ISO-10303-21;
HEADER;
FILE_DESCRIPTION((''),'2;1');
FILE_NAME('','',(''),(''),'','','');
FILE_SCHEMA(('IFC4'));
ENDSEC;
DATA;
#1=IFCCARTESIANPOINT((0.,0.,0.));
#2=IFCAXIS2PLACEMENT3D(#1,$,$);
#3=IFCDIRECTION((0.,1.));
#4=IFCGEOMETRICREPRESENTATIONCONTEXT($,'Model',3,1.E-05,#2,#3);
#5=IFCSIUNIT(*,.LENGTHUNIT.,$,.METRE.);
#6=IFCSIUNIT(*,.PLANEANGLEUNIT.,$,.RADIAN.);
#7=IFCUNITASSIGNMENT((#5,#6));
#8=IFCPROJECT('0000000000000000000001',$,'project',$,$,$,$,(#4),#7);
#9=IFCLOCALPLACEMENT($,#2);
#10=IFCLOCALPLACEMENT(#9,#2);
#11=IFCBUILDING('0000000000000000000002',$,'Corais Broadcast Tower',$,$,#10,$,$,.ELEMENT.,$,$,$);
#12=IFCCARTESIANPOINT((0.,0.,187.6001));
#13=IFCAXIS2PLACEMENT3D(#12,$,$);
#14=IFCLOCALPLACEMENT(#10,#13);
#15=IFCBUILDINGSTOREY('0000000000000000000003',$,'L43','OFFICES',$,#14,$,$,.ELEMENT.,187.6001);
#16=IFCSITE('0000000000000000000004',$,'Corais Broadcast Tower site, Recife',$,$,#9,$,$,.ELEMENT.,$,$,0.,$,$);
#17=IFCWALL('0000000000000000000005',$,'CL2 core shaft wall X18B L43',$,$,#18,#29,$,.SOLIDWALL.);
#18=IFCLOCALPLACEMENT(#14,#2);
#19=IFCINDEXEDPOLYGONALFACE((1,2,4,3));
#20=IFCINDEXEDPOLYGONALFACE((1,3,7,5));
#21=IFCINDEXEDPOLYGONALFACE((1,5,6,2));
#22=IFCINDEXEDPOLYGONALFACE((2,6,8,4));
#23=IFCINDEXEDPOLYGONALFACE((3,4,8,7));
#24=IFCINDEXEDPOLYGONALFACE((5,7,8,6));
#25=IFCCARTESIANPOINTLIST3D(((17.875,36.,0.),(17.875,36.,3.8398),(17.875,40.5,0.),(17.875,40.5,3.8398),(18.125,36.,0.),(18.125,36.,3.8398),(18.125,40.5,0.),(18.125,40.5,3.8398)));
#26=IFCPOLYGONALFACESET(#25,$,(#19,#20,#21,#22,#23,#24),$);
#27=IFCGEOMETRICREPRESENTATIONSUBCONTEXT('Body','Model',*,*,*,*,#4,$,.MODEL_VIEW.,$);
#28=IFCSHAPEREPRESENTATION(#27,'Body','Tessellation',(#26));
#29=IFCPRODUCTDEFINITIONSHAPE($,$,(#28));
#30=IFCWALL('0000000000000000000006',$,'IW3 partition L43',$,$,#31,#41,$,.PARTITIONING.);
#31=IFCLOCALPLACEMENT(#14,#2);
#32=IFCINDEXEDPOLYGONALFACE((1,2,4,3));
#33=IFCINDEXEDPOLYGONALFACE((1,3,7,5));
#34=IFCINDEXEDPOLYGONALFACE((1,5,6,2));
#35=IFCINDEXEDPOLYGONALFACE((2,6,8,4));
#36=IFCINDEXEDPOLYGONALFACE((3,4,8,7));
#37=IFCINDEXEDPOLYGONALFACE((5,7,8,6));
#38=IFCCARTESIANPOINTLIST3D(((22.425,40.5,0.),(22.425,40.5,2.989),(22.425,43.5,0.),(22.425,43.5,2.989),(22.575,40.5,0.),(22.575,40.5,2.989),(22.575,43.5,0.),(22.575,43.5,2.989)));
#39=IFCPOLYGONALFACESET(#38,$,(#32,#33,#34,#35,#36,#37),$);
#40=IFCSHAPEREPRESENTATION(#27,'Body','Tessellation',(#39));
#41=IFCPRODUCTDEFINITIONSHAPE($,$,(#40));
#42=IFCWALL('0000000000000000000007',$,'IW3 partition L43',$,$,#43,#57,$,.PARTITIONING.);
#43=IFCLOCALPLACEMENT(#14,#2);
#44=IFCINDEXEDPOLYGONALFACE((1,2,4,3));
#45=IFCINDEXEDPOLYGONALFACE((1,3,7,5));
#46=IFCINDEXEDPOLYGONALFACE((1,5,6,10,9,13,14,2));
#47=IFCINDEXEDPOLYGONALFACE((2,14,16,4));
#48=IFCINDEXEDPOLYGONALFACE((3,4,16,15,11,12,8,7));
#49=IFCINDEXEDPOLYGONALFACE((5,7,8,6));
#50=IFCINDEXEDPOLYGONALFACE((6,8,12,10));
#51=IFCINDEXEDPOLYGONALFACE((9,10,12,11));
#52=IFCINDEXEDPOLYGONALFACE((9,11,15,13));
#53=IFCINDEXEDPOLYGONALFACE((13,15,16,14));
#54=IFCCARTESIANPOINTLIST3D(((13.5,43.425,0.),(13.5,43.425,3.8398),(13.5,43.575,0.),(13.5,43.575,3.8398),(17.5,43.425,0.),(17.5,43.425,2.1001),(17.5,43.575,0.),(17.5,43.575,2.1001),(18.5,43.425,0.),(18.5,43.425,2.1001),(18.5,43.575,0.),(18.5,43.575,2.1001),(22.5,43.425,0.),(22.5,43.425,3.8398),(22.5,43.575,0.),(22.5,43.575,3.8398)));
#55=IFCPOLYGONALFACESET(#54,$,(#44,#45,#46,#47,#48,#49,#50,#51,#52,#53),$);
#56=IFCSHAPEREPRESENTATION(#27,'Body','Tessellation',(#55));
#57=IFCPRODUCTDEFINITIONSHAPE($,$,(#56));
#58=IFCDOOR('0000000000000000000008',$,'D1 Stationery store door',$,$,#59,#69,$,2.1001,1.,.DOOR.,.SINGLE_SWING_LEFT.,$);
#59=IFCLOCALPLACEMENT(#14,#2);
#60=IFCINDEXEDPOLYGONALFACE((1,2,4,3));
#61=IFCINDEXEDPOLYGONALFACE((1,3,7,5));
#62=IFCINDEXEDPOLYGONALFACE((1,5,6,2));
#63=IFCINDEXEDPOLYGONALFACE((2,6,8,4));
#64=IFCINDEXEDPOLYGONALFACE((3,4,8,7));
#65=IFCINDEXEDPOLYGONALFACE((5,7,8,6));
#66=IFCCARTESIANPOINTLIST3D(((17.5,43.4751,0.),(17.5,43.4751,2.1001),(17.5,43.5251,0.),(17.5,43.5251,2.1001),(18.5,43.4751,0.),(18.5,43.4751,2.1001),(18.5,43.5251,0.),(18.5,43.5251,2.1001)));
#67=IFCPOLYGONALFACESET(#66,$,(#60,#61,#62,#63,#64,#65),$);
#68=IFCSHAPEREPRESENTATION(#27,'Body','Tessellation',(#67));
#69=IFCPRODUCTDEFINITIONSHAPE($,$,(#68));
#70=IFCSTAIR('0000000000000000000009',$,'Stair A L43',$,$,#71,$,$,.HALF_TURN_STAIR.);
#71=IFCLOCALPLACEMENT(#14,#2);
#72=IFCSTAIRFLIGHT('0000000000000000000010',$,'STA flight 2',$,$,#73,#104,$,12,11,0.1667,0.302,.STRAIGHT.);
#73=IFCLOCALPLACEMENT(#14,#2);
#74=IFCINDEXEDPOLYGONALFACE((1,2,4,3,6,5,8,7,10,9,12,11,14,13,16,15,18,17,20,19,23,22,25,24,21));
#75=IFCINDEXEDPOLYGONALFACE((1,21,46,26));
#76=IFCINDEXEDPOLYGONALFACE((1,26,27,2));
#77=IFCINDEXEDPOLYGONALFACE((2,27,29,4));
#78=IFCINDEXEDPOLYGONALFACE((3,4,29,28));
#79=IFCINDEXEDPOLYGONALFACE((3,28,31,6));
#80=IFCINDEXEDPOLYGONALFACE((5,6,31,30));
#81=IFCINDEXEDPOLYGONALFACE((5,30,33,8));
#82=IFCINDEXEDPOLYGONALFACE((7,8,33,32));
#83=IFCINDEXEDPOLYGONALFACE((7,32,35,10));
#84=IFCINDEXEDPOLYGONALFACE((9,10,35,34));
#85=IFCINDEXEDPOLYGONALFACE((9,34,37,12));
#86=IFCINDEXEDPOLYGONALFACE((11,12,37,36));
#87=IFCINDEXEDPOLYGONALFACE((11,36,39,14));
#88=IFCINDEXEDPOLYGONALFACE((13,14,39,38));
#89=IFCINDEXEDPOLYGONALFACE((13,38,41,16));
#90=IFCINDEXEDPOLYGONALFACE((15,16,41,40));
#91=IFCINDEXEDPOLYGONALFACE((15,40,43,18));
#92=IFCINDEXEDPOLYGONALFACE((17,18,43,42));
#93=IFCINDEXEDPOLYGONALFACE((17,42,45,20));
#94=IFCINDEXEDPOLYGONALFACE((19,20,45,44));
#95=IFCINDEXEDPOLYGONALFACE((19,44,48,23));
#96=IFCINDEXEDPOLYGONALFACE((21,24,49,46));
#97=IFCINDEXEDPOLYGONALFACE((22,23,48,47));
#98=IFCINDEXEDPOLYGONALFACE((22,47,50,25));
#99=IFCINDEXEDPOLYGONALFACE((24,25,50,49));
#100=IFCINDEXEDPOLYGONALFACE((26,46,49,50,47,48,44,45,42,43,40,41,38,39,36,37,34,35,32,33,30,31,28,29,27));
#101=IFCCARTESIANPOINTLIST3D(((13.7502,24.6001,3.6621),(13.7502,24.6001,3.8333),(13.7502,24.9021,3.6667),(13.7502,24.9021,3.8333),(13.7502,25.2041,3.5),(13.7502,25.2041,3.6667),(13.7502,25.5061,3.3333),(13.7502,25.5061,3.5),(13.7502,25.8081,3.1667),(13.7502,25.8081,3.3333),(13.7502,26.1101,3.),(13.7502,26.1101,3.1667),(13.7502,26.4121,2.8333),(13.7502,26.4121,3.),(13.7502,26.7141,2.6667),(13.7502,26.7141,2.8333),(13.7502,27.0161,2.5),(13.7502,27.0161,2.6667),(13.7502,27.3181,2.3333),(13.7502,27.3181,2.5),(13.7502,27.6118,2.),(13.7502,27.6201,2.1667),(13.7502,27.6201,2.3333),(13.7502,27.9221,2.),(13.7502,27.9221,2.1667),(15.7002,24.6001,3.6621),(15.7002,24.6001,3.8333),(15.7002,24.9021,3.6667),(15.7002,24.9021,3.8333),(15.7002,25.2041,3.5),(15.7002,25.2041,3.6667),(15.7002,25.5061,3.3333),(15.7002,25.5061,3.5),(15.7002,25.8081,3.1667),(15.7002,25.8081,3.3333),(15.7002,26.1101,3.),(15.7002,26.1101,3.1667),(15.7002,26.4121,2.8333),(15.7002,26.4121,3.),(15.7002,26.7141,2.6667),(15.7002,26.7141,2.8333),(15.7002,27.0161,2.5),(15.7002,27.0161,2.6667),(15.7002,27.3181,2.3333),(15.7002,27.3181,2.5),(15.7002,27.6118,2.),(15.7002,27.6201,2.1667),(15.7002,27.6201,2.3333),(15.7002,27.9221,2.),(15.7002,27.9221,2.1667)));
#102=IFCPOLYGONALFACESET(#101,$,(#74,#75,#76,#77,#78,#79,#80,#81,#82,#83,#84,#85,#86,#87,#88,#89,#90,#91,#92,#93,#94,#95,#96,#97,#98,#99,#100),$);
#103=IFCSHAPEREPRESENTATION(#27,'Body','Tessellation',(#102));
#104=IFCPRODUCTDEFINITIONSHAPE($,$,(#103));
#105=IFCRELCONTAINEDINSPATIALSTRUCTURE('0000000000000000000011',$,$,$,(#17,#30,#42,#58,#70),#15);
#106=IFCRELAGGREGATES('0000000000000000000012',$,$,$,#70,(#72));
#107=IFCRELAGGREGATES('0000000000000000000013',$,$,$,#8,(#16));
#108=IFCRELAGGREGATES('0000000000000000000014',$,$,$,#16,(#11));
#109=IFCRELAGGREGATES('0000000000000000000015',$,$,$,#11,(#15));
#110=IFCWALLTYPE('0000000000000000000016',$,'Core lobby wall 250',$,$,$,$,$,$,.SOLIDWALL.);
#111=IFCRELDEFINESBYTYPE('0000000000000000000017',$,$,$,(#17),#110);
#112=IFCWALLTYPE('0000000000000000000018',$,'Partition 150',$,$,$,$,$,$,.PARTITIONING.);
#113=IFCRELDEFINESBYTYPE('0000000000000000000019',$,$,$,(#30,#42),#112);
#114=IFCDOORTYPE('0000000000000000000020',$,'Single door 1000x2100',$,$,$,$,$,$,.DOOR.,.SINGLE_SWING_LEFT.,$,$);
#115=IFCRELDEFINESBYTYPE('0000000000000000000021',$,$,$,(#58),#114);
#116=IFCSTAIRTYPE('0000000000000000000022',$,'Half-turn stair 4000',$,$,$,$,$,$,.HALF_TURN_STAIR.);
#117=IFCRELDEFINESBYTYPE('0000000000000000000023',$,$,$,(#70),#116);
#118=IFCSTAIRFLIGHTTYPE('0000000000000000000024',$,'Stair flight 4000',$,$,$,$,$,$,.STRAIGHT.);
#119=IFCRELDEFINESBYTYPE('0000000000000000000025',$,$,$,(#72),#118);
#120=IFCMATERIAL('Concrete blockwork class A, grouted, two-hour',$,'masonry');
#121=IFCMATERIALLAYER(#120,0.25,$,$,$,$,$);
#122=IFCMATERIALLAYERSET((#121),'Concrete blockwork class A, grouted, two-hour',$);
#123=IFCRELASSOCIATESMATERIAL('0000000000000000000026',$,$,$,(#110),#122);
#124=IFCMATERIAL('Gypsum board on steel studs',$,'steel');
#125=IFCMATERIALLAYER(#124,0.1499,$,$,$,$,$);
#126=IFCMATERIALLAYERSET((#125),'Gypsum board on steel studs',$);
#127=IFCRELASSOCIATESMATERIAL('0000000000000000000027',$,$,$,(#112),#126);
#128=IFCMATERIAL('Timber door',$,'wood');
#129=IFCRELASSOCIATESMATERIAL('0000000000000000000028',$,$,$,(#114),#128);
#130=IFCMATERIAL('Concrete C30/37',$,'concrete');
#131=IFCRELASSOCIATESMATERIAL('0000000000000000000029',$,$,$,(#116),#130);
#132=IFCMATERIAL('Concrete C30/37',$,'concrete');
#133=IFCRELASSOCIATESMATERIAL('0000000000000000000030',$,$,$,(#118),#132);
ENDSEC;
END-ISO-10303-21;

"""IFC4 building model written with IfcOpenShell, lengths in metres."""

from ifc_helpers import new_model, si_unit, direction, frame, frame_2d, origin, place, context, subcontext, project, spatial, polyline, rectangle, outline, extrude, material, layer, layer_set, type_object, element, fill, aggregate, save


model = new_model("IFC4")

# Units and contexts
model_context = context("Model", 3, precision=1e-05, world=origin(), true_north=direction((0.0, 1.0)))
body_context = subcontext(model_context, "Body", "Model", "MODEL_VIEW")
ifc_project = project(units=[si_unit("LENGTHUNIT", "METRE"), si_unit("PLANEANGLEUNIT", "RADIAN")], contexts=[model_context])

# Site, building, storey
site_placement = place(None, origin())
site = spatial("IfcSite", under=ifc_project, at=site_placement, Name="Corais Broadcast Tower site, Recife", CompositionType="ELEMENT", RefElevation=0.0)
building_placement = place(site_placement, origin())
building = spatial("IfcBuilding", under=site, at=building_placement, Name="Corais Broadcast Tower", CompositionType="ELEMENT")
storey_placement = place(building_placement, frame((0.0, 0.0, 187.6001)))
storey = spatial("IfcBuildingStorey", under=building, at=storey_placement, Name="L43", Description="OFFICES", CompositionType="ELEMENT", Elevation=187.6001)

# Walls
ifc_material_1 = material(Name="Concrete blockwork class A, grouted, two-hour", Category="masonry")
ifc_layer_1 = layer(ifc_material_1, 0.25)
ifc_layer_set_1 = layer_set([ifc_layer_1], Name="Concrete blockwork class A, grouted, two-hour")
wall_type_1 = type_object("IfcWallType", Name="Core lobby wall 250", PredefinedType="SOLIDWALL", material=ifc_layer_set_1)
wall_1_placement = place(storey_placement, frame((18.0, 36.0, 0.0), z_axis=(0.0, 0.0, 1.0), x_axis=(0.0, 1.0, 0.0)))
element("IfcWall", 1, at=wall_1_placement, inside=storey, type_object=wall_type_1, Name="CL2 core shaft wall X18B L43", PredefinedType="SOLIDWALL", context=body_context, shape_type="SweptSolid", body=[
    extrude(rectangle(XDim=4.5, YDim=0.25, at=frame_2d((2.25, 0.0))), origin(), (0.0, 0.0, 1.0), 3.8398),
])
ifc_material_2 = material(Name="Gypsum board on steel studs", Category="steel")
ifc_layer_2 = layer(ifc_material_2, 0.1499)
ifc_layer_set_2 = layer_set([ifc_layer_2], Name="Gypsum board on steel studs")
wall_type_2 = type_object("IfcWallType", Name="Partition 150", PredefinedType="PARTITIONING", material=ifc_layer_set_2)
wall_2_placement = place(storey_placement, frame((22.5, 40.5, 0.0), z_axis=(0.0, 0.0, 1.0), x_axis=(0.0, 1.0, 0.0)))
element("IfcWall", 2, at=wall_2_placement, inside=storey, type_object=wall_type_2, Name="IW3 partition L43", PredefinedType="PARTITIONING", context=body_context, shape_type="SweptSolid", body=[
    extrude(rectangle(XDim=3.0, YDim=0.1499, at=frame_2d((1.5, 0.0))), origin(), (0.0, 0.0, 1.0), 2.989),
])

# Wall, opening, door
wall_3_placement = place(storey_placement, frame((22.5, 43.5, 0.0), z_axis=(0.0, 0.0, 1.0), x_axis=(-1.0, 0.0, 0.0)))
wall_3 = element("IfcWall", 3, at=wall_3_placement, inside=storey, type_object=wall_type_2, Name="IW3 partition L43", PredefinedType="PARTITIONING", context=body_context, shape_type="SweptSolid", body=[
    extrude(rectangle(XDim=9.0, YDim=0.1499, at=frame_2d((4.5, 0.0))), origin(), (0.0, 0.0, 1.0), 3.8398),
])
opening_placement = place(wall_3_placement, frame((4.0, 0.0, 0.0)))
opening = element("IfcOpeningElement", 4, at=opening_placement, cuts=wall_3, PredefinedType="OPENING", context=body_context, shape_type="SweptSolid", body=[
    extrude(rectangle(XDim=1.0, YDim=2.1001, at=frame_2d((0.5, 1.05))), frame((0.0, 0.085, 0.0), z_axis=(0.0, -1.0, 0.0), x_axis=(1.0, 0.0, 0.0)), (0.0, 0.0, 1.0), 0.1699),
])
ifc_material_3 = material(Name="Timber door", Category="wood")
door_type = type_object("IfcDoorType", Name="Single door 1000x2100", OperationType="SINGLE_SWING_LEFT", PredefinedType="DOOR", material=ifc_material_3)
door_placement = place(opening_placement, origin())
door = element("IfcDoor", 5, at=door_placement, inside=storey, type_object=door_type, Name="D1 Stationery store door", OperationType="SINGLE_SWING_LEFT", OverallHeight=2.1001, OverallWidth=1.0, PredefinedType="DOOR", context=body_context, shape_type="SweptSolid", body=[
    extrude(rectangle(XDim=1.0, YDim=2.1001, at=frame_2d((0.5, 1.05))), frame((0.0, 0.0249, 0.0), z_axis=(0.0, -1.0, 0.0), x_axis=(1.0, 0.0, 0.0)), (0.0, 0.0, 1.0), 0.05),
])
fill(opening, door)

# Stair, stair flight
ifc_material_4 = material(Name="Concrete C30/37", Category="concrete")
stair_type = type_object("IfcStairType", Name="Half-turn stair 4000", PredefinedType="HALF_TURN_STAIR", material=ifc_material_4)
stair_placement = place(storey_placement, origin())
stair = element("IfcStair", 6, at=stair_placement, inside=storey, type_object=stair_type, Name="Stair A L43", PredefinedType="HALF_TURN_STAIR")
ifc_material_5 = material(Name="Concrete C30/37", Category="concrete")
stair_flight_type = type_object("IfcStairFlightType", Name="Stair flight 4000", PredefinedType="STRAIGHT", material=ifc_material_5)
stair_flight_placement = place(storey_placement, frame((14.7251, 27.9221, 2.0), z_axis=(0.0, 0.0, 1.0), x_axis=(0.0, -1.0, 0.0)))
stair_flight = element("IfcStairFlight", 7, at=stair_flight_placement, type_object=stair_flight_type, Name="STA flight 2", NumberOfRisers=12, NumberOfTreads=11, PredefinedType="STRAIGHT", RiserHeight=0.1667, TreadLength=0.302, context=body_context, shape_type="SweptSolid", body=[
    extrude(outline(polyline([(0.0, 0.0), (0.0, 0.1667), (0.302, 0.1667), (0.302, 0.3333), (0.604, 0.3333), (0.604, 0.5), (0.906, 0.5), (0.906, 0.6667), (1.208, 0.6667), (1.208, 0.8333), (1.51, 0.8333), (1.51, 1.0), (1.812, 1.0), (1.812, 1.1667), (2.114, 1.1667), (2.114, 1.3333), (2.416, 1.3333), (2.416, 1.5), (2.718, 1.5), (2.718, 1.6667), (3.02, 1.6667), (3.02, 1.8333), (3.322, 1.8333), (3.322, 2.0), (3.322, 1.6621), (0.3103, 0.0), (0.0, 0.0)])), frame((0.0, 0.9751, 0.0), z_axis=(0.0, -1.0, 0.0), x_axis=(1.0, 0.0, 0.0)), (0.0, 0.0, 1.0), 1.95),
])
aggregate(stair, [stair_flight])

save(model, "model.ifc")
